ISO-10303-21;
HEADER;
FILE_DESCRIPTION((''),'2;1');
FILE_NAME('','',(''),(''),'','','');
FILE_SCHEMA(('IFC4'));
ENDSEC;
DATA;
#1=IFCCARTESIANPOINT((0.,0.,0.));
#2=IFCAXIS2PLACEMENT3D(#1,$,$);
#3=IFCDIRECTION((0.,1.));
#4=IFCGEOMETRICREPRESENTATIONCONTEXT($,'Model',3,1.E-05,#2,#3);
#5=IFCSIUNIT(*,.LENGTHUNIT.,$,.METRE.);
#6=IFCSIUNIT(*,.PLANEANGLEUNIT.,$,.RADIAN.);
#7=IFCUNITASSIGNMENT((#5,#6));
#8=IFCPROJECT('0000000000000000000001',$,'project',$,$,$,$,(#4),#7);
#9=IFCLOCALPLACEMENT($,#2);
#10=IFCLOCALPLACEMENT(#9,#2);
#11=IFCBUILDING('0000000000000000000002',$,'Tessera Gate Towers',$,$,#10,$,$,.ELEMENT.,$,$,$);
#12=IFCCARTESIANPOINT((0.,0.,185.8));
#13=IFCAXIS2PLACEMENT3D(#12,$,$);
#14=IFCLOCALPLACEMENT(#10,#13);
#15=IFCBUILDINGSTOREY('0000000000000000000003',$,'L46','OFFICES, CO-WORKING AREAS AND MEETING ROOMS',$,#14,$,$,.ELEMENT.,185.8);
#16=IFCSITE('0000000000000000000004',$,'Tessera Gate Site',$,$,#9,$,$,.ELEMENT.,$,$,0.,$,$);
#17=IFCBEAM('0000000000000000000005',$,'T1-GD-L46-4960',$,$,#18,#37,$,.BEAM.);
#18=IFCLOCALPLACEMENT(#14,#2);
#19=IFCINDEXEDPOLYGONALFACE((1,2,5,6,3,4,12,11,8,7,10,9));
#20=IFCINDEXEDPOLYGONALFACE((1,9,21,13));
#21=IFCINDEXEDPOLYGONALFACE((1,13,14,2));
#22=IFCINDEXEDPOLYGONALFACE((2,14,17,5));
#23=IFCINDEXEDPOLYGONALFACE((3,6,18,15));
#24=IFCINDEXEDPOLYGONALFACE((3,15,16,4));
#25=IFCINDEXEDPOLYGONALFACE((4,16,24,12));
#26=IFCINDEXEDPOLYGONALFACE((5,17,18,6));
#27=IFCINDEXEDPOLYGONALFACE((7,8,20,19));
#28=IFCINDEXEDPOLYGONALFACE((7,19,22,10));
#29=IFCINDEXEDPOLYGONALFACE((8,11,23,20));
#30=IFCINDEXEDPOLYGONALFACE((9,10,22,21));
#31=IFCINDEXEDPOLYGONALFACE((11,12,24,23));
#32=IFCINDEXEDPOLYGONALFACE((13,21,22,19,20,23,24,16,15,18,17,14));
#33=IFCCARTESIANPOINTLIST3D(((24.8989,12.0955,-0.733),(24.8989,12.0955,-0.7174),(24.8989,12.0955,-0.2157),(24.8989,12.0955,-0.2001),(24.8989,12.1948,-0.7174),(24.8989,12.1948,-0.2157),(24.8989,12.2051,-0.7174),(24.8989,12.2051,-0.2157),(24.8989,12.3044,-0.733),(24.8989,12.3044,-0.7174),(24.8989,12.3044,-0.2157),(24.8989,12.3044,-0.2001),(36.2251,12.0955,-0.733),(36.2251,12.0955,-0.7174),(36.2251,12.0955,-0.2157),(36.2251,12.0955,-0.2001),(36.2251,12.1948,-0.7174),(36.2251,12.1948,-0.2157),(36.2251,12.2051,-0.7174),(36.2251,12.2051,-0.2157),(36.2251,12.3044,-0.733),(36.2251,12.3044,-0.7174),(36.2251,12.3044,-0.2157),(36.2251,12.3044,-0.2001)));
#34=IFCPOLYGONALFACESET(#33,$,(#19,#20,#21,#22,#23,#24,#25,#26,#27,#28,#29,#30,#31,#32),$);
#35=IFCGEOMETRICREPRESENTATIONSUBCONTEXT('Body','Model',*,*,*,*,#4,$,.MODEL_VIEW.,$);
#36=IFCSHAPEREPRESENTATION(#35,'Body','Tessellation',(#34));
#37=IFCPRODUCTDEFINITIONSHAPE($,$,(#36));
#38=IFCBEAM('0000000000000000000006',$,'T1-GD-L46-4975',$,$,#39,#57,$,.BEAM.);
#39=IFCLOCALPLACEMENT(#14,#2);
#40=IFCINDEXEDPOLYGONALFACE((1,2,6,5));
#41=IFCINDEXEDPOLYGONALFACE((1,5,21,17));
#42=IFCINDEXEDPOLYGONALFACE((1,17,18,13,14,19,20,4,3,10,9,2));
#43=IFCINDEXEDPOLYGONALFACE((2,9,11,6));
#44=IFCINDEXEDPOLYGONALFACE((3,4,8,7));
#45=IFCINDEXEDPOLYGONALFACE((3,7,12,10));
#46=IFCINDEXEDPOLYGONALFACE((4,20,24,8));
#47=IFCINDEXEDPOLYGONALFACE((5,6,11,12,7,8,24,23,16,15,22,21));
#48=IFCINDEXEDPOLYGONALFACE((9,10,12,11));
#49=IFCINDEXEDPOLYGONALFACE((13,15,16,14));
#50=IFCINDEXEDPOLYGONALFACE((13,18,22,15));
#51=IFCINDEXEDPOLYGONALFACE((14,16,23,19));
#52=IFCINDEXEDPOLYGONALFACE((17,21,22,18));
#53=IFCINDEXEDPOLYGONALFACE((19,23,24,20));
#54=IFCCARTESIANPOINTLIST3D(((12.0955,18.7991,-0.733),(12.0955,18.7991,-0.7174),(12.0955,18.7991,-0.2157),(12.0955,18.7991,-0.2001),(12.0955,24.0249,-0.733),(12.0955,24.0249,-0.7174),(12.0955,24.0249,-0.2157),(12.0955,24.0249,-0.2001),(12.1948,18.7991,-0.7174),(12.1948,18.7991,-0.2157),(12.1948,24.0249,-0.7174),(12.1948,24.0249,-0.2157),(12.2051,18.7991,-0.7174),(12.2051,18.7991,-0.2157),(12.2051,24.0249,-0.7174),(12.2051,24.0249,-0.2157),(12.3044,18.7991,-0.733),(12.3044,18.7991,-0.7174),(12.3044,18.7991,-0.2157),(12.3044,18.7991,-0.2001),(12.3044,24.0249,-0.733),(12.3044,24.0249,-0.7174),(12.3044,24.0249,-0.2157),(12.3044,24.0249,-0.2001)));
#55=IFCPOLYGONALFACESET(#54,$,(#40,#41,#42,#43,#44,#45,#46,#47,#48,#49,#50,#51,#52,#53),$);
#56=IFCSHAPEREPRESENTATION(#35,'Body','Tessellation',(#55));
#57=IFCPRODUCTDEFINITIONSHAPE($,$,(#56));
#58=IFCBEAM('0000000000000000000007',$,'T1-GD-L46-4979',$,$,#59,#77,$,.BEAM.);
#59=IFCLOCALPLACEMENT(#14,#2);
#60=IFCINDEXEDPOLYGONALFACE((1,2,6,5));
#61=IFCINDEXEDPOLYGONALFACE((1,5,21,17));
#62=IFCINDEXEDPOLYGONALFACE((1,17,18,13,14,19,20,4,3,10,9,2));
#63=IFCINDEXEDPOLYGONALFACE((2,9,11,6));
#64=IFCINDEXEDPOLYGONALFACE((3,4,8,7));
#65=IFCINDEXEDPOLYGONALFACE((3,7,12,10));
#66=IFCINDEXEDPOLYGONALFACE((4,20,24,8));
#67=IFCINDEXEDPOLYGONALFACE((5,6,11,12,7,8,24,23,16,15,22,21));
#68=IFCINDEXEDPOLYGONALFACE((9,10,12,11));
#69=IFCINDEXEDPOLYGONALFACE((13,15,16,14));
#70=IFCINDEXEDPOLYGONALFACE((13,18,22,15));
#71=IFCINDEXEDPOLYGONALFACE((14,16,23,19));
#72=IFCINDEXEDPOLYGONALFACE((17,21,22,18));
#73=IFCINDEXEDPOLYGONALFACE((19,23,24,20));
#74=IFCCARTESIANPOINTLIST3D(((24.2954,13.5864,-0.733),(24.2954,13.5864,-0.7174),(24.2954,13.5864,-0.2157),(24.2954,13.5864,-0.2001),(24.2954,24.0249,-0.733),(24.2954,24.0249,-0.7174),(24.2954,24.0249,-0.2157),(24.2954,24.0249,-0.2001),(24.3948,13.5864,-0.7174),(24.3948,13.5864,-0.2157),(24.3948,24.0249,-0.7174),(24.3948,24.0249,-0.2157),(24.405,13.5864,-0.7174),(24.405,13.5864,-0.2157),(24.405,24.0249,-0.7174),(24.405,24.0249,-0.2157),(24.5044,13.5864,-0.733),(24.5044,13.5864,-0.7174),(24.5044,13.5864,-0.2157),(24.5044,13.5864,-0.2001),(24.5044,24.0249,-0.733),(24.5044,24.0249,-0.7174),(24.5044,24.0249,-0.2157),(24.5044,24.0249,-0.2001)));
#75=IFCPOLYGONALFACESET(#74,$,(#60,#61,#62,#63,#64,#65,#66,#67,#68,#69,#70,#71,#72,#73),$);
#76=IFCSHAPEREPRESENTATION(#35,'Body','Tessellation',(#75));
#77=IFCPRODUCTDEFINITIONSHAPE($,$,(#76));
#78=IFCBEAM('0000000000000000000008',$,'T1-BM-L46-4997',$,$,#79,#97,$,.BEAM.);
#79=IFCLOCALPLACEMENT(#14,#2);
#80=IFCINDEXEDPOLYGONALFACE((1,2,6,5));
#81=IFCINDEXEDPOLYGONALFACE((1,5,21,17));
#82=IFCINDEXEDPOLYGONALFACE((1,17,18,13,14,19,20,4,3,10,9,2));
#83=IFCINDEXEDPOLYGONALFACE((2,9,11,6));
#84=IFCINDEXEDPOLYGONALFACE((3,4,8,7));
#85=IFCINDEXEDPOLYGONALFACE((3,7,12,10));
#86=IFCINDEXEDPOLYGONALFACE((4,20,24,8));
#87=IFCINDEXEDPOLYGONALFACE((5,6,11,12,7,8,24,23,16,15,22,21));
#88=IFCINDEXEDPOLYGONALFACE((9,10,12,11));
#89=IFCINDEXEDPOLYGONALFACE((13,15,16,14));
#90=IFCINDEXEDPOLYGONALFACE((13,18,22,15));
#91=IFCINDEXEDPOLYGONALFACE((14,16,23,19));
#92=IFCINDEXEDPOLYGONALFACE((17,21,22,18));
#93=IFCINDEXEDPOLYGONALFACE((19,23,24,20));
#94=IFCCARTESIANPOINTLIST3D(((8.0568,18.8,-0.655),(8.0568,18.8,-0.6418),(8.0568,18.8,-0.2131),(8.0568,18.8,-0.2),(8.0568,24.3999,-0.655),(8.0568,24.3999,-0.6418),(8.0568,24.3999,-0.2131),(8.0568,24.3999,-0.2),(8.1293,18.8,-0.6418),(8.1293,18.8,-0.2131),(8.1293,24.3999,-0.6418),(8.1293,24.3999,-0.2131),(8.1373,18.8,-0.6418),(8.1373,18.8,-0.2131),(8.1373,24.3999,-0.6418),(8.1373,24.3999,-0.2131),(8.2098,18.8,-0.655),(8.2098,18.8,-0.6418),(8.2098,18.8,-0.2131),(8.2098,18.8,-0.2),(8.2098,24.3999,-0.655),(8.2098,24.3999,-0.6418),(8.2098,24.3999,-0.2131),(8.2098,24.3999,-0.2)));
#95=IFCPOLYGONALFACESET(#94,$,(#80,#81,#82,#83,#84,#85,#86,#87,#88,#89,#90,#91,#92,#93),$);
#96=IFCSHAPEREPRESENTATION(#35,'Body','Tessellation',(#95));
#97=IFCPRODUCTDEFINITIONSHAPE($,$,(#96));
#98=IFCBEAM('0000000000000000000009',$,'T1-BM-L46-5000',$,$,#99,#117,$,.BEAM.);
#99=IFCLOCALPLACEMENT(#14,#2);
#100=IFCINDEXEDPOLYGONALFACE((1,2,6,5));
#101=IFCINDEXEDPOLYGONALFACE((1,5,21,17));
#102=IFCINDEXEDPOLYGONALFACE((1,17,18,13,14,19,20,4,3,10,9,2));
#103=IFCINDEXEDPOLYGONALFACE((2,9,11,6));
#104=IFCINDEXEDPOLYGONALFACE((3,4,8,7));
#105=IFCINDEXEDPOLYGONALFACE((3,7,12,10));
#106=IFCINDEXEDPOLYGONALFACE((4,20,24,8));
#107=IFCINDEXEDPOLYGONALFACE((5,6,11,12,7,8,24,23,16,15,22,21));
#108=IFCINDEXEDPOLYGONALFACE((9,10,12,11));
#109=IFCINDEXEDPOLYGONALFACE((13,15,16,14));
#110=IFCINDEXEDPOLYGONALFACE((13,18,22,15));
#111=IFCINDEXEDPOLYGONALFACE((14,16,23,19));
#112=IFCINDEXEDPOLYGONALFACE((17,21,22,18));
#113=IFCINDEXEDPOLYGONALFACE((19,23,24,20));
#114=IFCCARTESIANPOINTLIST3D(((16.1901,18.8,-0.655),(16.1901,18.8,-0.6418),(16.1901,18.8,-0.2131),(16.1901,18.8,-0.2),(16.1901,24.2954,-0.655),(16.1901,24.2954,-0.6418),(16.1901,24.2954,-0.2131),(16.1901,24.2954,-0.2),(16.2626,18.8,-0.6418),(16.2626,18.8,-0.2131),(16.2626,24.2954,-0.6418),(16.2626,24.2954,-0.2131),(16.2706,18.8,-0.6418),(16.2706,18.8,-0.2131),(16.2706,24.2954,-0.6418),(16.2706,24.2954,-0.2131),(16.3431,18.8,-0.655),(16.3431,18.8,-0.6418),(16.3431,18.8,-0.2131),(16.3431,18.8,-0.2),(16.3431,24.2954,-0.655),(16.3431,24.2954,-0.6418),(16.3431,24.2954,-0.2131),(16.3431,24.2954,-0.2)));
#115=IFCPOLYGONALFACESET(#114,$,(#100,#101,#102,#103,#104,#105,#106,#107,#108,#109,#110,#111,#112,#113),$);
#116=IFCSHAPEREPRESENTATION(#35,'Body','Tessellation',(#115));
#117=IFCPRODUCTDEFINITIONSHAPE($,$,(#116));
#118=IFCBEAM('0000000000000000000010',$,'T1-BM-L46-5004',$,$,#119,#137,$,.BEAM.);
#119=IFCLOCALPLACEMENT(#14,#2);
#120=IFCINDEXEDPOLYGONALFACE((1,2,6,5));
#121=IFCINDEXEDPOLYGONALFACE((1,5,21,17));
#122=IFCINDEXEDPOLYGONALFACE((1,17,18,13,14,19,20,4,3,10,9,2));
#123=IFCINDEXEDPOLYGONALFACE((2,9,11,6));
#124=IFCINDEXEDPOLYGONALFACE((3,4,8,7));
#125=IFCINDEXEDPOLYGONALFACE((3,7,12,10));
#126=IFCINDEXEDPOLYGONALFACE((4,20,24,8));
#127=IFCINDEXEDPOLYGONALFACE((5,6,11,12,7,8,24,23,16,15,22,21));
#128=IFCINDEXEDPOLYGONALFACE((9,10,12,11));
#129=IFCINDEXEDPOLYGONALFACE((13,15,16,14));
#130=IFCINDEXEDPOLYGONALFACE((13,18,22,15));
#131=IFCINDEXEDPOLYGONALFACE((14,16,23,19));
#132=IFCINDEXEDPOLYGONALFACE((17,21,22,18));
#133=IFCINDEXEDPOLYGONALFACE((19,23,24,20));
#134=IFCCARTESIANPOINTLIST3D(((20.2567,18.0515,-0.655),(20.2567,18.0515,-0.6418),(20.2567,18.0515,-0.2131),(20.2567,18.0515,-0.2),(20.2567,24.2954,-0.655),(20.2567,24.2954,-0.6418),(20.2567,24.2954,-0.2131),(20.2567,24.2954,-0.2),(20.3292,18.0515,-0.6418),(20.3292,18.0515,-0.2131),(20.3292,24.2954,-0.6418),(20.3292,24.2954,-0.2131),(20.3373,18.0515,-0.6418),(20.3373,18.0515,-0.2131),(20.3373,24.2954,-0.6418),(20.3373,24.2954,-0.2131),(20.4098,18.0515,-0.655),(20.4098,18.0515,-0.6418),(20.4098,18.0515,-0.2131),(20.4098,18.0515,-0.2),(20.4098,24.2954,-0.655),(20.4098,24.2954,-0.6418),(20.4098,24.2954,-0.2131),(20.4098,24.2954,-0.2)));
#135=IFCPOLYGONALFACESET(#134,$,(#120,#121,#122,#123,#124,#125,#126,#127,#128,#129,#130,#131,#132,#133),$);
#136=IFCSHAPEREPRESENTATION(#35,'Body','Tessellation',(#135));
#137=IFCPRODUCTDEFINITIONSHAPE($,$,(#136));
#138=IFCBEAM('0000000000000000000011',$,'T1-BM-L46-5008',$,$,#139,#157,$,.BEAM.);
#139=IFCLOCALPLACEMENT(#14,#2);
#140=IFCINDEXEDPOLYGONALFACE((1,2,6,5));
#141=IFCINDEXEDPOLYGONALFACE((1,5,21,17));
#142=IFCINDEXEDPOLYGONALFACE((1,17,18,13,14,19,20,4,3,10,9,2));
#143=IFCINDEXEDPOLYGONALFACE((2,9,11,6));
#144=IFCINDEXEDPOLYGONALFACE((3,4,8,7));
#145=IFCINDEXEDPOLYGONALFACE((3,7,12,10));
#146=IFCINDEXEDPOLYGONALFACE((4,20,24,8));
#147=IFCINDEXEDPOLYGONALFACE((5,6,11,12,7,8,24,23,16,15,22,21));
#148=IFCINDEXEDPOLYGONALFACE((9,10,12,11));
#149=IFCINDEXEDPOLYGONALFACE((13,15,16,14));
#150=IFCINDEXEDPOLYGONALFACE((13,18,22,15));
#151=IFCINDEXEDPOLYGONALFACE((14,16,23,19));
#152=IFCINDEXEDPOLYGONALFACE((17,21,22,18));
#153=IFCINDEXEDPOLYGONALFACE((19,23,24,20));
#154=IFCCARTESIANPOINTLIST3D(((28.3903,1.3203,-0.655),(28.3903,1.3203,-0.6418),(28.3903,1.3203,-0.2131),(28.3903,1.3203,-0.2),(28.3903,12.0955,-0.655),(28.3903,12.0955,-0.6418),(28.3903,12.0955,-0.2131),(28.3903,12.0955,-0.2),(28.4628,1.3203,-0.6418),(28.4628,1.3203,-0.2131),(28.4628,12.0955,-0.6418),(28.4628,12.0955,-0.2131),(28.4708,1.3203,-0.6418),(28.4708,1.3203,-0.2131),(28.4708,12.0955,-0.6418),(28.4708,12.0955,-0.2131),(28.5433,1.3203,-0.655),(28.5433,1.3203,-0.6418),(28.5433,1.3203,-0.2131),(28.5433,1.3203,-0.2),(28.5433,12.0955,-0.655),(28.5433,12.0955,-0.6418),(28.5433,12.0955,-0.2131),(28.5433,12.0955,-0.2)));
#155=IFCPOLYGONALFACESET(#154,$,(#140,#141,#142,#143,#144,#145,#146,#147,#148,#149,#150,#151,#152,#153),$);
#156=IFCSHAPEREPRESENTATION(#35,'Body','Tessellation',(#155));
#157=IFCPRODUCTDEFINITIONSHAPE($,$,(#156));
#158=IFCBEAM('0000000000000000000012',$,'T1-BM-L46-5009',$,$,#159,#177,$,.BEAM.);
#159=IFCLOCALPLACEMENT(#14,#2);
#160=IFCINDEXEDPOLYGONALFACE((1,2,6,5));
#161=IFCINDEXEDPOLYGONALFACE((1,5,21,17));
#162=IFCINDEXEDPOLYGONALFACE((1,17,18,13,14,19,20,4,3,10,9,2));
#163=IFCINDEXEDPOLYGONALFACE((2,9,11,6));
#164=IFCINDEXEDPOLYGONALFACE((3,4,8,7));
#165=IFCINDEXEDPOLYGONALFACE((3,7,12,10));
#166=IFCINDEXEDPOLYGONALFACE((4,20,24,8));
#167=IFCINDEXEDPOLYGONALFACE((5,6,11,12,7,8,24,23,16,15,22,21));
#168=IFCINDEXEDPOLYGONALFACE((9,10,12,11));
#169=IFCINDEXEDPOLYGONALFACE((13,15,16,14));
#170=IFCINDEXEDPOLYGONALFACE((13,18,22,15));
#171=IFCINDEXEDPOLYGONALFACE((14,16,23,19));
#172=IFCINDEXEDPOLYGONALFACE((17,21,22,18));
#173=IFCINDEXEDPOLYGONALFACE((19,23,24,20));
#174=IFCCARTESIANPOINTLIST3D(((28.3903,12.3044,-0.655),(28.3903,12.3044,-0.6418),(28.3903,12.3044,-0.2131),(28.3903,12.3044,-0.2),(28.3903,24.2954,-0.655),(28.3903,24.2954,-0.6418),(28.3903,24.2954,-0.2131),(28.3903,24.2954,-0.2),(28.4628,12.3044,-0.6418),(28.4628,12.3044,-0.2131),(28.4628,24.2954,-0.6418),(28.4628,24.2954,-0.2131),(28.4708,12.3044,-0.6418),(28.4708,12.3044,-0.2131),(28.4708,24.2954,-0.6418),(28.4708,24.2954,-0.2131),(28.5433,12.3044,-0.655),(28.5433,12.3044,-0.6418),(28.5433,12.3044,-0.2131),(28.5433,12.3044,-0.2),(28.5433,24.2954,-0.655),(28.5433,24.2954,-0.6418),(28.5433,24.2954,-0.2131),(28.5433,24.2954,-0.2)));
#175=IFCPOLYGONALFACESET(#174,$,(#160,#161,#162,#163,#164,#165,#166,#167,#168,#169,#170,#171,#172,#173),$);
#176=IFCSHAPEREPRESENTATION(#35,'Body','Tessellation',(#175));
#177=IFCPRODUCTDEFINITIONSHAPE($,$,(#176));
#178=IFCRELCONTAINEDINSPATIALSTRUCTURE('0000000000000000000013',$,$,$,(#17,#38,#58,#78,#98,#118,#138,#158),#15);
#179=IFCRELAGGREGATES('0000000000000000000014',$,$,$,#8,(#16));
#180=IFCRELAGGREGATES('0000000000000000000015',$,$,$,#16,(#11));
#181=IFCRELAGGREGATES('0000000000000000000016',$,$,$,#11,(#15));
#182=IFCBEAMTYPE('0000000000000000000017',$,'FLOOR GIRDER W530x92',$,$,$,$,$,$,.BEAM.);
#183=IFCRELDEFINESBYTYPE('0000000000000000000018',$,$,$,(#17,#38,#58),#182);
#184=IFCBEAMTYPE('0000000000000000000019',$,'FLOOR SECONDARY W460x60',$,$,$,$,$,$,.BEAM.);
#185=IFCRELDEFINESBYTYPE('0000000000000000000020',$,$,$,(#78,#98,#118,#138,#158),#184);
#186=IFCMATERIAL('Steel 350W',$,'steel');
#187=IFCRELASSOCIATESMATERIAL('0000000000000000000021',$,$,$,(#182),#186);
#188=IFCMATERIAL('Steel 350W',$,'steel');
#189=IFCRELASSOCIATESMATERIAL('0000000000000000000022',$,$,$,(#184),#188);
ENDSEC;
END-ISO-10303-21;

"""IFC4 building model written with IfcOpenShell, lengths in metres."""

from ifc_helpers import new_model, si_unit, direction, frame, origin, origin_2d, place, context, subcontext, project, spatial, i_section, extrude, material, material_profile, profile_set, type_object, element, save


model = new_model("IFC4")

# Units and contexts
model_context = context("Model", 3, precision=1e-05, world=origin(), true_north=direction((0.0, 1.0)))
body_context = subcontext(model_context, "Body", "Model", "MODEL_VIEW")
ifc_project = project(units=[si_unit("LENGTHUNIT", "METRE"), si_unit("PLANEANGLEUNIT", "RADIAN")], contexts=[model_context])

# Site, building, storey
site_placement = place(None, origin())
site = spatial("IfcSite", under=ifc_project, at=site_placement, Name="Tessera Gate Site", CompositionType="ELEMENT", RefElevation=0.0)
building_placement = place(site_placement, origin())
building = spatial("IfcBuilding", under=site, at=building_placement, Name="Tessera Gate Towers", CompositionType="ELEMENT")
storey_placement = place(building_placement, frame((0.0, 0.0, 185.8)))
storey = spatial("IfcBuildingStorey", under=building, at=storey_placement, Name="L46", Description="OFFICES, CO-WORKING AREAS AND MEETING ROOMS", CompositionType="ELEMENT", Elevation=185.8)

# Beams
ifc_material_1 = material(Name="Steel 350W", Category="steel")
ifc_material_profile_1 = material_profile(ifc_material_1, i_section(OverallWidth=0.209, OverallDepth=0.533, WebThickness=0.0103, FlangeThickness=0.0156, at=origin_2d()), Name="W530x92")
ifc_profile_set_1 = profile_set([ifc_material_profile_1], Name="Steel 350W")
beam_type_1 = type_object("IfcBeamType", Name="FLOOR GIRDER W530x92", PredefinedType="BEAM", material=ifc_profile_set_1)
beam_1_placement = place(storey_placement, frame((24.8989, 12.2, -0.4666), z_axis=(1.0, 0.0, 0.0), x_axis=(0.0, 1.0, 0.0)))
element("IfcBeam", 1, at=beam_1_placement, inside=storey, type_object=beam_type_1, Name="T1-GD-L46-4960", PredefinedType="BEAM", context=body_context, shape_type="SweptSolid", body=[
    extrude(i_section(OverallWidth=0.209, OverallDepth=0.533, WebThickness=0.0103, FlangeThickness=0.0156, at=origin_2d()), origin(), (0.0, 0.0, 1.0), 11.3262),
])
beam_2_placement = place(storey_placement, frame((12.2, 18.7991, -0.4666), z_axis=(0.0, 1.0, 0.0), x_axis=(-1.0, 0.0, 0.0)))
element("IfcBeam", 2, at=beam_2_placement, inside=storey, type_object=beam_type_1, Name="T1-GD-L46-4975", PredefinedType="BEAM", context=body_context, shape_type="SweptSolid", body=[
    extrude(i_section(OverallWidth=0.209, OverallDepth=0.533, WebThickness=0.0103, FlangeThickness=0.0156, at=origin_2d()), origin(), (0.0, 0.0, 1.0), 5.2258),
])
beam_3_placement = place(storey_placement, frame((24.3999, 13.5864, -0.4666), z_axis=(0.0, 1.0, 0.0), x_axis=(-1.0, 0.0, 0.0)))
element("IfcBeam", 3, at=beam_3_placement, inside=storey, type_object=beam_type_1, Name="T1-GD-L46-4979", PredefinedType="BEAM", context=body_context, shape_type="SweptSolid", body=[
    extrude(i_section(OverallWidth=0.209, OverallDepth=0.533, WebThickness=0.0103, FlangeThickness=0.0156, at=origin_2d()), origin(), (0.0, 0.0, 1.0), 10.4385),
])
ifc_material_2 = material(Name="Steel 350W", Category="steel")
ifc_material_profile_2 = material_profile(ifc_material_2, i_section(OverallWidth=0.1531, OverallDepth=0.4551, WebThickness=0.0081, FlangeThickness=0.0132, at=origin_2d()), Name="W460x60")
ifc_profile_set_2 = profile_set([ifc_material_profile_2], Name="Steel 350W")
beam_type_2 = type_object("IfcBeamType", Name="FLOOR SECONDARY W460x60", PredefinedType="BEAM", material=ifc_profile_set_2)
beam_4_placement = place(storey_placement, frame((8.1333, 18.8, -0.4275), z_axis=(0.0, 1.0, 0.0), x_axis=(-1.0, 0.0, 0.0)))
element("IfcBeam", 4, at=beam_4_placement, inside=storey, type_object=beam_type_2, Name="T1-BM-L46-4997", PredefinedType="BEAM", context=body_context, shape_type="SweptSolid", body=[
    extrude(i_section(OverallWidth=0.1531, OverallDepth=0.4551, WebThickness=0.0081, FlangeThickness=0.0132, at=origin_2d()), origin(), (0.0, 0.0, 1.0), 5.5999),
])
beam_5_placement = place(storey_placement, frame((16.2666, 18.8, -0.4275), z_axis=(0.0, 1.0, 0.0), x_axis=(-1.0, 0.0, 0.0)))
element("IfcBeam", 5, at=beam_5_placement, inside=storey, type_object=beam_type_2, Name="T1-BM-L46-5000", PredefinedType="BEAM", context=body_context, shape_type="SweptSolid", body=[
    extrude(i_section(OverallWidth=0.1531, OverallDepth=0.4551, WebThickness=0.0081, FlangeThickness=0.0132, at=origin_2d()), origin(), (0.0, 0.0, 1.0), 5.4954),
])
beam_6_placement = place(storey_placement, frame((20.3333, 18.0515, -0.4275), z_axis=(0.0, 1.0, 0.0), x_axis=(-1.0, 0.0, 0.0)))
element("IfcBeam", 6, at=beam_6_placement, inside=storey, type_object=beam_type_2, Name="T1-BM-L46-5004", PredefinedType="BEAM", context=body_context, shape_type="SweptSolid", body=[
    extrude(i_section(OverallWidth=0.1531, OverallDepth=0.4551, WebThickness=0.0081, FlangeThickness=0.0132, at=origin_2d()), origin(), (0.0, 0.0, 1.0), 6.2439),
])
beam_7_placement = place(storey_placement, frame((28.4668, 1.3203, -0.4275), z_axis=(0.0, 1.0, 0.0), x_axis=(-1.0, 0.0, 0.0)))
element("IfcBeam", 7, at=beam_7_placement, inside=storey, type_object=beam_type_2, Name="T1-BM-L46-5008", PredefinedType="BEAM", context=body_context, shape_type="SweptSolid", body=[
    extrude(i_section(OverallWidth=0.1531, OverallDepth=0.4551, WebThickness=0.0081, FlangeThickness=0.0132, at=origin_2d()), origin(), (0.0, 0.0, 1.0), 10.7751),
])
beam_8_placement = place(storey_placement, frame((28.4668, 12.3044, -0.4275), z_axis=(0.0, 1.0, 0.0), x_axis=(-1.0, 0.0, 0.0)))
element("IfcBeam", 8, at=beam_8_placement, inside=storey, type_object=beam_type_2, Name="T1-BM-L46-5009", PredefinedType="BEAM", context=body_context, shape_type="SweptSolid", body=[
    extrude(i_section(OverallWidth=0.1531, OverallDepth=0.4551, WebThickness=0.0081, FlangeThickness=0.0132, at=origin_2d()), origin(), (0.0, 0.0, 1.0), 11.991),
])

save(model, "model.ifc")
